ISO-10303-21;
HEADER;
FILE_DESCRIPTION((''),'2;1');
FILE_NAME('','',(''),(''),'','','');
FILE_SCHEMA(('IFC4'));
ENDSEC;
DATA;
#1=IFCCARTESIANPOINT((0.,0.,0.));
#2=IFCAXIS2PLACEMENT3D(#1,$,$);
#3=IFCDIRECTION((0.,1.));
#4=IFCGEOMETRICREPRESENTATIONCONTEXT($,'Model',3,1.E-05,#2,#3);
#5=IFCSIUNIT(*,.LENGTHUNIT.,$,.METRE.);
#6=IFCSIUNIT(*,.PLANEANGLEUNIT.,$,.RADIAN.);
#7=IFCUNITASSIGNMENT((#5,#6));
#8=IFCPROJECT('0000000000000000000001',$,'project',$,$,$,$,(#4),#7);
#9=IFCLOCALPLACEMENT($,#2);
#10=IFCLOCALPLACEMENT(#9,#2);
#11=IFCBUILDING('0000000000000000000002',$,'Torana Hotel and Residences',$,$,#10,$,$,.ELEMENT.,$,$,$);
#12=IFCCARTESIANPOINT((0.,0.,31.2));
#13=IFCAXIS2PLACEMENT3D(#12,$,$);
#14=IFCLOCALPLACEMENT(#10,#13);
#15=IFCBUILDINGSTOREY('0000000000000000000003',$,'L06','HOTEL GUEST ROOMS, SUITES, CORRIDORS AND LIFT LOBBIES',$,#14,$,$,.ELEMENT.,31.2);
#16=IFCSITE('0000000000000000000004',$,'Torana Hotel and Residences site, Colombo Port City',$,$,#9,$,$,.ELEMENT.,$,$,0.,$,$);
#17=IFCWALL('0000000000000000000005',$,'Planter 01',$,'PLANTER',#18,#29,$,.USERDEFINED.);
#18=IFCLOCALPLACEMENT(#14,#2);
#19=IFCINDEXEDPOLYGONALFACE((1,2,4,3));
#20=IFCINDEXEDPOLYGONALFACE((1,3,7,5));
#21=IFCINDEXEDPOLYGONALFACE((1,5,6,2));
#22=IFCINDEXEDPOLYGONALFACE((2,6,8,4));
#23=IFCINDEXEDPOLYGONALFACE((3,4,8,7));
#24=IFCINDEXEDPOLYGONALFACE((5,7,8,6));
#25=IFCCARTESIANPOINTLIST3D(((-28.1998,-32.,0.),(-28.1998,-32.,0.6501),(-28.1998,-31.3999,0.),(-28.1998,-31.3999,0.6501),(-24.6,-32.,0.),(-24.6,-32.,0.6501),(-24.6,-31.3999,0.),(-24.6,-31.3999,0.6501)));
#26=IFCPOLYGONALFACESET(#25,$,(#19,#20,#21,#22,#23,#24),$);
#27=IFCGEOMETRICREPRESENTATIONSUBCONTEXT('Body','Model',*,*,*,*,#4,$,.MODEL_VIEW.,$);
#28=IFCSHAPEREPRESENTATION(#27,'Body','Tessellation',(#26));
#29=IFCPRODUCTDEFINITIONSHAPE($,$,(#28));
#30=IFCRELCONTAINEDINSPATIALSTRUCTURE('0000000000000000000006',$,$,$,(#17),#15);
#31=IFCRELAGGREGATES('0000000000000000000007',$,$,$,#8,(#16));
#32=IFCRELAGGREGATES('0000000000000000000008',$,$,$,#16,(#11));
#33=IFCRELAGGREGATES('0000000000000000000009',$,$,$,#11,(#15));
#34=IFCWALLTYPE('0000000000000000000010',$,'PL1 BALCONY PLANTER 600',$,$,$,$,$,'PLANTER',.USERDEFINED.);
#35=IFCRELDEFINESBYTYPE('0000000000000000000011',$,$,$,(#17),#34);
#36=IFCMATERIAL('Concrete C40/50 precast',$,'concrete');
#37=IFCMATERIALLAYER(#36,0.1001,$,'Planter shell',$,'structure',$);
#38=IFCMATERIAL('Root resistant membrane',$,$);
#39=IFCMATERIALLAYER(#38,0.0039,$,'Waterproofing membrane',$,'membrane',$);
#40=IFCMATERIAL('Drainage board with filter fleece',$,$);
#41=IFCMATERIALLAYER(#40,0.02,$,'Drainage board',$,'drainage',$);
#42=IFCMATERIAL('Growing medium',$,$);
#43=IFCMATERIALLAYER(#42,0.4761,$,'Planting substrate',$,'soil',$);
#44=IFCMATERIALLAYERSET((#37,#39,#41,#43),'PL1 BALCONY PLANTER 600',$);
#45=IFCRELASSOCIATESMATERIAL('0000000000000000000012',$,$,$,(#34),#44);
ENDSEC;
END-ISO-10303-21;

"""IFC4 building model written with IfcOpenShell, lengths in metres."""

from ifc_helpers import new_model, si_unit, direction, frame, frame_2d, origin, place, context, subcontext, project, spatial, rectangle, extrude, material, layer, layer_set, type_object, element, save


model = new_model("IFC4")

# Units and contexts
model_context = context("Model", 3, precision=1e-05, world=origin(), true_north=direction((0.0, 1.0)))
body_context = subcontext(model_context, "Body", "Model", "MODEL_VIEW")
ifc_project = project(units=[si_unit("LENGTHUNIT", "METRE"), si_unit("PLANEANGLEUNIT", "RADIAN")], contexts=[model_context])

# Site, building, storey
site_placement = place(None, origin())
site = spatial("IfcSite", under=ifc_project, at=site_placement, Name="Torana Hotel and Residences site, Colombo Port City", CompositionType="ELEMENT", RefElevation=0.0)
building_placement = place(site_placement, origin())
building = spatial("IfcBuilding", under=site, at=building_placement, Name="Torana Hotel and Residences", CompositionType="ELEMENT")
storey_placement = place(building_placement, frame((0.0, 0.0, 31.2)))
storey = spatial("IfcBuildingStorey", under=building, at=storey_placement, Name="L06", Description="HOTEL GUEST ROOMS, SUITES, CORRIDORS AND LIFT LOBBIES", CompositionType="ELEMENT", Elevation=31.2)

# Wall
ifc_material_1 = material(Name="Concrete C40/50 precast", Category="concrete")
ifc_layer_1 = layer(ifc_material_1, 0.1001, Name="Planter shell", Category="structure")
ifc_material_2 = material(Name="Root resistant membrane")
ifc_layer_2 = layer(ifc_material_2, 0.0039, Name="Waterproofing membrane", Category="membrane")
ifc_material_3 = material(Name="Drainage board with filter fleece")
ifc_layer_3 = layer(ifc_material_3, 0.02, Name="Drainage board", Category="drainage")
ifc_material_4 = material(Name="Growing medium")
ifc_layer_4 = layer(ifc_material_4, 0.4761, Name="Planting substrate", Category="soil")
ifc_layer_set_1 = layer_set([ifc_layer_1, ifc_layer_2, ifc_layer_3, ifc_layer_4], Name="PL1 BALCONY PLANTER 600")
wall_type_1 = type_object("IfcWallType", Name="PL1 BALCONY PLANTER 600", ElementType="PLANTER", PredefinedType="USERDEFINED", material=ifc_layer_set_1)
wall_1_placement = place(storey_placement, frame((-24.6001, -31.7, 0.0), z_axis=(0.0, 0.0, 1.0), x_axis=(-1.0, 0.0, 0.0)))
element("IfcWall", 1, at=wall_1_placement, inside=storey, type_object=wall_type_1, Name="Planter 01", ObjectType="PLANTER", PredefinedType="USERDEFINED", context=body_context, shape_type="SweptSolid", body=[
    extrude(rectangle(XDim=3.5999, YDim=0.6001, at=frame_2d((1.7998, 0.0))), origin(), (0.0, 0.0, 1.0), 0.6501),
])

save(model, "model.ifc")
